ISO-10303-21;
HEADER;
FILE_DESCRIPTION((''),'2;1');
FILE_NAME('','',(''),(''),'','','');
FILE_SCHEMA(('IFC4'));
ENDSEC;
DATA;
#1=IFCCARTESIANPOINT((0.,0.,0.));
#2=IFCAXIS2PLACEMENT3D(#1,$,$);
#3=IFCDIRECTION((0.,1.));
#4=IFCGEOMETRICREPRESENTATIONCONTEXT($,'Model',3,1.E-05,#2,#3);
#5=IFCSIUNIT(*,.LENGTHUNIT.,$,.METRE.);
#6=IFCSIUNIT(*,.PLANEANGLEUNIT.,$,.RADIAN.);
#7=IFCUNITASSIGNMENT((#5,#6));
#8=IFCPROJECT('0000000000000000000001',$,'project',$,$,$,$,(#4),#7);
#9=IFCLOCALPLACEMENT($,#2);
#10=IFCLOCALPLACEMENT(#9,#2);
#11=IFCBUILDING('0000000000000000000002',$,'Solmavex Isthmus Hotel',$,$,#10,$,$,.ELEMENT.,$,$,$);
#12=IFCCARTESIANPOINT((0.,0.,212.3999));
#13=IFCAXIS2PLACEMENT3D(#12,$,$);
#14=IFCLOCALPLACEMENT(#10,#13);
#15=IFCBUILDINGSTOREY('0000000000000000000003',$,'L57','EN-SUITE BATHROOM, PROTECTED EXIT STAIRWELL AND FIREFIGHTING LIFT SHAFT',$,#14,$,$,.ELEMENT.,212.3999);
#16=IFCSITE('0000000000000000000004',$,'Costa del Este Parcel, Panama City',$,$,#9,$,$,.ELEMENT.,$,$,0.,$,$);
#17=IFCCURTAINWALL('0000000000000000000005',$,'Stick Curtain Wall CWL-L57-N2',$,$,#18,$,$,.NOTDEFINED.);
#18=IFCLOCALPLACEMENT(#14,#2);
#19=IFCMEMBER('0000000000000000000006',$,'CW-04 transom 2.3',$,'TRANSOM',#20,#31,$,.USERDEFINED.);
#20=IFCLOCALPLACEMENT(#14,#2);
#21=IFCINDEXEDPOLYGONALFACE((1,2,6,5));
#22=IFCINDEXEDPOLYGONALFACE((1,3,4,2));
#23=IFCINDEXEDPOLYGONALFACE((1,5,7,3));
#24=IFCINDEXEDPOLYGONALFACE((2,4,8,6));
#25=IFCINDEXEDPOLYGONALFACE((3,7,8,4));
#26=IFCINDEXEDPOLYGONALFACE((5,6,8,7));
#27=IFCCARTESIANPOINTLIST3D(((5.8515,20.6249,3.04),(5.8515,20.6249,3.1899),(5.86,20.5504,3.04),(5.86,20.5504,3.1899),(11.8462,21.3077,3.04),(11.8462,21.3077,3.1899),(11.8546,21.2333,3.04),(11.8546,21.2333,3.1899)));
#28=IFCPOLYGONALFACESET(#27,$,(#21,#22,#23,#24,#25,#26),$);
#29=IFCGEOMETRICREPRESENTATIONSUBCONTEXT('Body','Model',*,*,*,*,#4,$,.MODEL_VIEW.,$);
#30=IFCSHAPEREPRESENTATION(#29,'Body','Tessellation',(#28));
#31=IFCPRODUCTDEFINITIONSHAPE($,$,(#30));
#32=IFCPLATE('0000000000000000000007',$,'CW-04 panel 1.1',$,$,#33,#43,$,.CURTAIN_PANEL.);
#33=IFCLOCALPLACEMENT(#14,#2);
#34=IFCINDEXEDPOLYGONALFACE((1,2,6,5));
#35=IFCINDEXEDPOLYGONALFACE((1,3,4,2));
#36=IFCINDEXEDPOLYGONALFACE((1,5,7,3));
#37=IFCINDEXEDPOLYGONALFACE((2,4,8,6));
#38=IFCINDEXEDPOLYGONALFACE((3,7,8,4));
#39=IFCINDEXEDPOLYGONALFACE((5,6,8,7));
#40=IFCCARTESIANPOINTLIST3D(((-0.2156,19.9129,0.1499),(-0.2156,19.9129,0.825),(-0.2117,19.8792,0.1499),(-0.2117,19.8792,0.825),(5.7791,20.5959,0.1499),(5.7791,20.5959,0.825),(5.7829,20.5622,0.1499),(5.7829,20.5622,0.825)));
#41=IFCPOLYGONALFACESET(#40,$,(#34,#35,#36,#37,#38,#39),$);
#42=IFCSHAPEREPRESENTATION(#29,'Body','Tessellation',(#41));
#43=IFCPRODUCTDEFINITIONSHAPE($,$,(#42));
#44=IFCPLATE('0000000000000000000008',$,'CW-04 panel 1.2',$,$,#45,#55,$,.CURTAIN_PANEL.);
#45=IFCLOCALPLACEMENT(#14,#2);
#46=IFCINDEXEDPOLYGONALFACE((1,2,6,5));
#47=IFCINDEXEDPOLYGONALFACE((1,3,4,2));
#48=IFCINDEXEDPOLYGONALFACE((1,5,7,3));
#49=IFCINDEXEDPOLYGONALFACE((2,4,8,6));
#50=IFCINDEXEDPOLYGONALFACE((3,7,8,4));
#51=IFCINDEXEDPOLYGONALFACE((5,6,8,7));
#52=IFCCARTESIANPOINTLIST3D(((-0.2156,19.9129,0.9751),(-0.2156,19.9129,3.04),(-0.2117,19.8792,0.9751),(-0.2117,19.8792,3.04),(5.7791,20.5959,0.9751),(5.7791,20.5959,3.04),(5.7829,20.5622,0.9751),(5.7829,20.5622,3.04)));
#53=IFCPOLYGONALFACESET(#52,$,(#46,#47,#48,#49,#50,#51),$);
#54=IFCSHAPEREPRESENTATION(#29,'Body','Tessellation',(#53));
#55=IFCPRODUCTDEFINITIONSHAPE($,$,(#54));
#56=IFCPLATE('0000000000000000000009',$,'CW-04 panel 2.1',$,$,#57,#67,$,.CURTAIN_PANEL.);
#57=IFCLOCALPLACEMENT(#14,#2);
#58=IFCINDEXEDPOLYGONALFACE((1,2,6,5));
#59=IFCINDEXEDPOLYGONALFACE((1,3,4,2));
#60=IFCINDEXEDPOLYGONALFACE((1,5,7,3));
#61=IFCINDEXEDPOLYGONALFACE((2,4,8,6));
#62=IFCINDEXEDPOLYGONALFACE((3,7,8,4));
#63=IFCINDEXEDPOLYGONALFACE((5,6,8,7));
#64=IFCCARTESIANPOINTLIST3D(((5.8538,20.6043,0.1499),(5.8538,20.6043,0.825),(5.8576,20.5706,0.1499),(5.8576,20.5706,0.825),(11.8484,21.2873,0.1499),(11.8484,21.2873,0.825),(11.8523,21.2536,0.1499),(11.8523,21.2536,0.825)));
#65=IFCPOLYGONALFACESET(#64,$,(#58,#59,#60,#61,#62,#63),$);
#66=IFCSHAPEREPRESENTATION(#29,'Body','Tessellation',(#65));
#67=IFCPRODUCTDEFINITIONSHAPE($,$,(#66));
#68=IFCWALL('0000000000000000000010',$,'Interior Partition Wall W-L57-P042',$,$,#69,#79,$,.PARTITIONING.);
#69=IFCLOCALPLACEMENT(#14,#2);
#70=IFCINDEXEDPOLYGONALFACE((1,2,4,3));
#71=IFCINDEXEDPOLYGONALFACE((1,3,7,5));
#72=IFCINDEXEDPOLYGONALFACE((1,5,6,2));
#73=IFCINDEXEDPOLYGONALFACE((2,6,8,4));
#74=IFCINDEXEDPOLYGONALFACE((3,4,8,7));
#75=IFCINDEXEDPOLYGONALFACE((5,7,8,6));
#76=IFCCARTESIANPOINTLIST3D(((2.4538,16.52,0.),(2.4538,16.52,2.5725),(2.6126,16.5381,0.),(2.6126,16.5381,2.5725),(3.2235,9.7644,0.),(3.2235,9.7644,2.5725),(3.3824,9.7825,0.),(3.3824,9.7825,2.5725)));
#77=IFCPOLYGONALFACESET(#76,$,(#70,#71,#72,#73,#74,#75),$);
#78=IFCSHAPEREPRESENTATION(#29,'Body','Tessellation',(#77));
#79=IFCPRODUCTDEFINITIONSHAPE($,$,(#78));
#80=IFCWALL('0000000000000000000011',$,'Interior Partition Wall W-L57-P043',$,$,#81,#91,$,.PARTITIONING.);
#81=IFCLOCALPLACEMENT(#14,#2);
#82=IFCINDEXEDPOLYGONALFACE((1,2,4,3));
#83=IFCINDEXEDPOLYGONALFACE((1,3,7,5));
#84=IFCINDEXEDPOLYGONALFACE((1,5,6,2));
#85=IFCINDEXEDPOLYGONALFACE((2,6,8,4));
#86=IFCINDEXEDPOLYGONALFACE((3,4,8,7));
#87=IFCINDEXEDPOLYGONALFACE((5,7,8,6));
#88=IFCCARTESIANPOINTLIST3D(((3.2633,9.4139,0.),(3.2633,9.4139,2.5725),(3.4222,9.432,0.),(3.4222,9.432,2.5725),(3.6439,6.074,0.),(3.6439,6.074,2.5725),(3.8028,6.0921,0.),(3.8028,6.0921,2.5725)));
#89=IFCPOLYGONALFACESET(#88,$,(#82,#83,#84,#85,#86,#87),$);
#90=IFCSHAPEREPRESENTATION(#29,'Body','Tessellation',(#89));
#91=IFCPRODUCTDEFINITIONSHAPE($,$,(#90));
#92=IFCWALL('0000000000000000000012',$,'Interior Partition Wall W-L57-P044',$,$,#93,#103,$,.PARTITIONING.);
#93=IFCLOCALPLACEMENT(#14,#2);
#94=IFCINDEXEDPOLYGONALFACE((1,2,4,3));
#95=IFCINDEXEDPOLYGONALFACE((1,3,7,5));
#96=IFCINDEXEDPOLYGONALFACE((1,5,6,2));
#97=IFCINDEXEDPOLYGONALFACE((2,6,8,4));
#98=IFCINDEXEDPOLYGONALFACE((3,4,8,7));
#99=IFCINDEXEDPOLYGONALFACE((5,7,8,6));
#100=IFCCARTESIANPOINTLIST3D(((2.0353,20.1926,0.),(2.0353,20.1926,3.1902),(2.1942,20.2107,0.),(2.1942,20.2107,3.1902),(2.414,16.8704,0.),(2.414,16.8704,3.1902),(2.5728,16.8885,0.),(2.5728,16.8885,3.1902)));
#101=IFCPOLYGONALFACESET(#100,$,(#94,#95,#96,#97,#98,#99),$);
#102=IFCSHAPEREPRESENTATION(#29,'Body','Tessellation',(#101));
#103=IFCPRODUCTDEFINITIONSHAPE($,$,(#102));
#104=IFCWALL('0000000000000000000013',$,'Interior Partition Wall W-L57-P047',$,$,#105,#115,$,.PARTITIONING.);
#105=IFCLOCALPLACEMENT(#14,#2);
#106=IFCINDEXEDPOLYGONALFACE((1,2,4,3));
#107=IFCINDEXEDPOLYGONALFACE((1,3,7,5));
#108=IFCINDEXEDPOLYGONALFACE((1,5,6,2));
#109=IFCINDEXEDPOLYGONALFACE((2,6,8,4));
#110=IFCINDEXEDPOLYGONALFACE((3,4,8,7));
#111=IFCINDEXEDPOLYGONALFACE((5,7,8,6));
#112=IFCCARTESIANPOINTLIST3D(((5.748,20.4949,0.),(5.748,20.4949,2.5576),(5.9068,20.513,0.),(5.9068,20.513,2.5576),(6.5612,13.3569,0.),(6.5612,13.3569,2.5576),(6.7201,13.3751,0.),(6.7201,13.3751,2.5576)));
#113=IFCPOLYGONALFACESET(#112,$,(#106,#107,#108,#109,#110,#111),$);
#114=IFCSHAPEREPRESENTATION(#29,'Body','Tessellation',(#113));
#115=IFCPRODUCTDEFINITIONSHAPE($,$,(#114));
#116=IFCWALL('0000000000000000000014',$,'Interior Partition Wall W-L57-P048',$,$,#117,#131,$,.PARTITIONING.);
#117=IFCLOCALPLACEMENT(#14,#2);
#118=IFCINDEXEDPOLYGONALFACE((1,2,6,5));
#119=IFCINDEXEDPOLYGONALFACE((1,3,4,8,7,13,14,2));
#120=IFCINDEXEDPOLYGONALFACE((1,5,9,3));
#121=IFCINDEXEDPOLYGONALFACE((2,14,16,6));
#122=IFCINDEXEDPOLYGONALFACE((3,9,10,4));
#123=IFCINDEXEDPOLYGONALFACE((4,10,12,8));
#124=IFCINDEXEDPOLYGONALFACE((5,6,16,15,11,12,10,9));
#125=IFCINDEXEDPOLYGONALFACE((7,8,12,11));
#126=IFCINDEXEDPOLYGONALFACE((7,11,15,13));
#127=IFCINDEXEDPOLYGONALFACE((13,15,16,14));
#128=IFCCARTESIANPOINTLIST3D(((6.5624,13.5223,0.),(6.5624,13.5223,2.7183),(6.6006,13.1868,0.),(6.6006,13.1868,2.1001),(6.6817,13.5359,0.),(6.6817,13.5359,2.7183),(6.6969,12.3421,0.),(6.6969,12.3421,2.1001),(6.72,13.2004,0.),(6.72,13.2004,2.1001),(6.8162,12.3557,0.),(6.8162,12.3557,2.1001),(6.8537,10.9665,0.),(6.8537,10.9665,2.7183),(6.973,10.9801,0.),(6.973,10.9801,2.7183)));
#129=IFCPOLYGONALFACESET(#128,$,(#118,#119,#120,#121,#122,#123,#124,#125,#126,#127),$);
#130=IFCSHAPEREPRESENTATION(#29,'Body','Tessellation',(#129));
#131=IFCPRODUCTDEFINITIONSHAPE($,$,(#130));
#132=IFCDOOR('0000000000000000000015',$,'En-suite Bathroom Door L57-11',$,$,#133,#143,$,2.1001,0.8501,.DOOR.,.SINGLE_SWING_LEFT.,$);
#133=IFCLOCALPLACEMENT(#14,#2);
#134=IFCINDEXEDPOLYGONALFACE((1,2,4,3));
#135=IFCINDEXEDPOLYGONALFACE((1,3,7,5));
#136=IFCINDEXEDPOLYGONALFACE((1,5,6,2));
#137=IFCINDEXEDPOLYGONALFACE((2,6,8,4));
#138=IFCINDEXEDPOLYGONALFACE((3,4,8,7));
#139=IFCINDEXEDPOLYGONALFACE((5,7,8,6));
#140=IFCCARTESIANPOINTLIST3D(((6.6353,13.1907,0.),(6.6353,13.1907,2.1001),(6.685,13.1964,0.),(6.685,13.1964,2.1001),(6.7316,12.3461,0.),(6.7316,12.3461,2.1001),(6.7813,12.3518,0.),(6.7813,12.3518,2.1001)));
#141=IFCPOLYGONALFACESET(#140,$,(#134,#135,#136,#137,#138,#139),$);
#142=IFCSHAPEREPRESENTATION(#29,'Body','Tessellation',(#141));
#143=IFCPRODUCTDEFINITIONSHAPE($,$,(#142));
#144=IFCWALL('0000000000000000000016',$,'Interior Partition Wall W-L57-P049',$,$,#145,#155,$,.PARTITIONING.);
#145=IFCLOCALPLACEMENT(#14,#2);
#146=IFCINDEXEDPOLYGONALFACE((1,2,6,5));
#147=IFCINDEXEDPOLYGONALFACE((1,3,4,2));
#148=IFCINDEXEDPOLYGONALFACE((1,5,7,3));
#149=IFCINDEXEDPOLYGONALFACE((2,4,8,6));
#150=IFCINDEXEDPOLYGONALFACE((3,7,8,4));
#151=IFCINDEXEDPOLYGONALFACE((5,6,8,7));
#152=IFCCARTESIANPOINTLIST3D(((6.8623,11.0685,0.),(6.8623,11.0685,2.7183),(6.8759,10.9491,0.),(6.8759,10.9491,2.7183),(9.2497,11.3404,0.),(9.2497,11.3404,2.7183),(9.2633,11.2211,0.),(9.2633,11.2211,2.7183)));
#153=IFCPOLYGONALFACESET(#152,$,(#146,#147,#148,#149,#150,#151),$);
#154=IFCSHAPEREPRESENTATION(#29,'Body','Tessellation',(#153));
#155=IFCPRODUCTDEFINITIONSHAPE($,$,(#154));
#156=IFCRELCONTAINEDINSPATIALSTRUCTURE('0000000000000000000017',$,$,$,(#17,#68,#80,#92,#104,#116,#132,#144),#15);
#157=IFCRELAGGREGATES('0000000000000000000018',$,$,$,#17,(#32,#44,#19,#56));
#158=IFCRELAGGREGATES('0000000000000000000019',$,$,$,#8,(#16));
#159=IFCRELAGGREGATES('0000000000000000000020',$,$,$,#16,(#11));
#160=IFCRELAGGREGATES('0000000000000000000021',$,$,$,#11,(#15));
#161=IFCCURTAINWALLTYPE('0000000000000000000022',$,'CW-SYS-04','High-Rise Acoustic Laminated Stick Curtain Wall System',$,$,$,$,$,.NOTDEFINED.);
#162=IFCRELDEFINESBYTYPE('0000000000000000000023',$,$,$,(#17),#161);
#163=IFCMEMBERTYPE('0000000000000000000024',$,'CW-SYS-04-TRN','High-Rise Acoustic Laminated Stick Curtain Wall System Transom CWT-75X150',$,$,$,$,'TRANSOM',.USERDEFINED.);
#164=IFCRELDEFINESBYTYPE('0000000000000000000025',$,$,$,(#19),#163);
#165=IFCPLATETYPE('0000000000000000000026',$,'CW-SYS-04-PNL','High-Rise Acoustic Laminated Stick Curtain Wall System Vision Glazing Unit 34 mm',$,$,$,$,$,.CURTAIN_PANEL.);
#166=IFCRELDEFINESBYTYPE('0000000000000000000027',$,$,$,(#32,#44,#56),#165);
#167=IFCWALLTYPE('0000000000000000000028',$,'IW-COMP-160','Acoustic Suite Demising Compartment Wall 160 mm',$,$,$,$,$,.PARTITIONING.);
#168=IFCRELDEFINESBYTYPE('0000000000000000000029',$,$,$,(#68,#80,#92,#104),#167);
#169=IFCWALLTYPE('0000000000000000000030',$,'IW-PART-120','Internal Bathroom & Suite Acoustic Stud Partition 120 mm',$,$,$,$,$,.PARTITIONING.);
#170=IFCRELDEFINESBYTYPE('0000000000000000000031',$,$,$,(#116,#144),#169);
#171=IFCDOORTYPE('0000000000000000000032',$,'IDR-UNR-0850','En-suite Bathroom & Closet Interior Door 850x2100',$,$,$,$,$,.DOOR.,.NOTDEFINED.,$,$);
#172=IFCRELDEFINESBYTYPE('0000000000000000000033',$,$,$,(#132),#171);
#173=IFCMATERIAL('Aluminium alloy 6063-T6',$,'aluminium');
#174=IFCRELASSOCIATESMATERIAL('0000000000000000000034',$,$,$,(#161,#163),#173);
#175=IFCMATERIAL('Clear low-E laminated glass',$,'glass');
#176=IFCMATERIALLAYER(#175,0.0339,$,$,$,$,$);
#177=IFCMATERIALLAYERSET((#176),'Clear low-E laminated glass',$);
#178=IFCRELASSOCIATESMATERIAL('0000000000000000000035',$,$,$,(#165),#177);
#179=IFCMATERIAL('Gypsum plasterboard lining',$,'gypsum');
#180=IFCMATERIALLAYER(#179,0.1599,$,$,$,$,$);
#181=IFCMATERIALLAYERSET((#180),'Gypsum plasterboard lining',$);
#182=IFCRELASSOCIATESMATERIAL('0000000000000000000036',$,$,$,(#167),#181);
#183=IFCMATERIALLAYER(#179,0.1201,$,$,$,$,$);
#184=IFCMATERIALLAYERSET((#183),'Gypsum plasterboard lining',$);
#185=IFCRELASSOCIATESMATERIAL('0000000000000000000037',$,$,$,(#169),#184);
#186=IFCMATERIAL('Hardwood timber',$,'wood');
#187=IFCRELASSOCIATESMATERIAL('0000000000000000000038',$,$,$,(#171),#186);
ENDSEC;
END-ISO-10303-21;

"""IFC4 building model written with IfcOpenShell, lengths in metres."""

from ifc_helpers import new_model, si_unit, direction, frame, frame_2d, origin, origin_2d, place, context, subcontext, project, spatial, rectangle, extrude, material, layer, layer_set, material_profile, profile_set, type_object, element, fill, aggregate, save


model = new_model("IFC4")

# Units and contexts
model_context = context("Model", 3, precision=1e-05, world=origin(), true_north=direction((0.0, 1.0)))
body_context = subcontext(model_context, "Body", "Model", "MODEL_VIEW")
ifc_project = project(units=[si_unit("LENGTHUNIT", "METRE"), si_unit("PLANEANGLEUNIT", "RADIAN")], contexts=[model_context])

# Site, building, storey
site_placement = place(None, origin())
site = spatial("IfcSite", under=ifc_project, at=site_placement, Name="Costa del Este Parcel, Panama City", CompositionType="ELEMENT", RefElevation=0.0)
building_placement = place(site_placement, origin())
building = spatial("IfcBuilding", under=site, at=building_placement, Name="Solmavex Isthmus Hotel", CompositionType="ELEMENT")
storey_placement = place(building_placement, frame((0.0, 0.0, 212.3999)))
storey = spatial("IfcBuildingStorey", under=building, at=storey_placement, Name="L57", Description="EN-SUITE BATHROOM, PROTECTED EXIT STAIRWELL AND FIREFIGHTING LIFT SHAFT", CompositionType="ELEMENT", Elevation=212.3999)

# Curtain wall, member, plates
ifc_material_1 = material(Name="Aluminium alloy 6063-T6", Category="aluminium")
curtain_wall_type = type_object("IfcCurtainWallType", Name="CW-SYS-04", Description="High-Rise Acoustic Laminated Stick Curtain Wall System", PredefinedType="NOTDEFINED", material=ifc_material_1)
curtain_wall_placement = place(storey_placement, origin())
curtain_wall = element("IfcCurtainWall", 1, at=curtain_wall_placement, inside=storey, type_object=curtain_wall_type, Name="Stick Curtain Wall CWL-L57-N2", PredefinedType="NOTDEFINED")
ifc_material_profile_1 = material_profile(ifc_material_1, rectangle(XDim=0.075, YDim=0.1499, at=origin_2d()), Name="CWT-75X150")
ifc_profile_set_1 = profile_set([ifc_material_profile_1], Name="Aluminium alloy 6063-T6")
member_type_1 = type_object("IfcMemberType", Name="CW-SYS-04-TRN", Description="High-Rise Acoustic Laminated Stick Curtain Wall System Transom CWT-75X150", ElementType="TRANSOM", PredefinedType="USERDEFINED", material=ifc_profile_set_1)
member_1_placement = place(storey_placement, frame((5.8557, 20.5876, 3.115), z_axis=(0.993574, 0.11318, 0.0), x_axis=(-0.11318, 0.993574, 0.0)))
member_1 = element("IfcMember", 2, at=member_1_placement, type_object=member_type_1, Name="CW-04 transom 2.3", ObjectType="TRANSOM", PredefinedType="USERDEFINED", context=body_context, shape_type="SweptSolid", body=[
    extrude(rectangle(XDim=0.075, YDim=0.1499, at=origin_2d()), origin(), (0.0, 0.0, 1.0), 6.0334),
])
ifc_material_2 = material(Name="Clear low-E laminated glass", Category="glass")
ifc_layer_1 = layer(ifc_material_2, 0.0339)
ifc_layer_set_1 = layer_set([ifc_layer_1], Name="Clear low-E laminated glass")
plate_type = type_object("IfcPlateType", Name="CW-SYS-04-PNL", Description="High-Rise Acoustic Laminated Stick Curtain Wall System Vision Glazing Unit 34 mm", PredefinedType="CURTAIN_PANEL", material=ifc_layer_set_1)
plate_1_placement = place(storey_placement, frame((2.7837, 20.2375, 0.1499), z_axis=(0.0, 0.0, 1.0), x_axis=(0.993572, 0.113203, 0.0)))
plate_1 = element("IfcPlate", 3, at=plate_1_placement, type_object=plate_type, Name="CW-04 panel 1.1", PredefinedType="CURTAIN_PANEL", context=body_context, shape_type="SweptSolid", body=[
    extrude(rectangle(XDim=6.0334, YDim=0.0339, at=origin_2d()), origin(), (0.0, 0.0, 1.0), 0.675),
])
plate_2_placement = place(storey_placement, frame((2.7837, 20.2375, 0.9751), z_axis=(0.0, 0.0, 1.0), x_axis=(0.993572, 0.113203, 0.0)))
plate_2 = element("IfcPlate", 4, at=plate_2_placement, type_object=plate_type, Name="CW-04 panel 1.2", PredefinedType="CURTAIN_PANEL", context=body_context, shape_type="SweptSolid", body=[
    extrude(rectangle(XDim=6.0334, YDim=0.0339, at=origin_2d()), origin(), (0.0, 0.0, 1.0), 2.0649),
])
plate_3_placement = place(storey_placement, frame((8.853, 20.929, 0.1499), z_axis=(0.0, 0.0, 1.0), x_axis=(0.993572, 0.113203, 0.0)))
plate_3 = element("IfcPlate", 5, at=plate_3_placement, type_object=plate_type, Name="CW-04 panel 2.1", PredefinedType="CURTAIN_PANEL", context=body_context, shape_type="SweptSolid", body=[
    extrude(rectangle(XDim=6.0334, YDim=0.0339, at=origin_2d()), origin(), (0.0, 0.0, 1.0), 0.675),
])
aggregate(curtain_wall, [plate_1, plate_2, member_1, plate_3])

# Walls
ifc_material_3 = material(Name="Gypsum plasterboard lining", Category="gypsum")
ifc_layer_2 = layer(ifc_material_3, 0.1599)
ifc_layer_set_2 = layer_set([ifc_layer_2], Name="Gypsum plasterboard lining")
wall_type_1 = type_object("IfcWallType", Name="IW-COMP-160", Description="Acoustic Suite Demising Compartment Wall 160 mm", PredefinedType="PARTITIONING", material=ifc_layer_set_2)
wall_1_placement = place(storey_placement, frame((2.5332, 16.5291, 0.0), z_axis=(0.0, 0.0, 1.0), x_axis=(0.113213, -0.993571, 0.0)))
element("IfcWall", 6, at=wall_1_placement, inside=storey, type_object=wall_type_1, Name="Interior Partition Wall W-L57-P042", PredefinedType="PARTITIONING", context=body_context, shape_type="SweptSolid", body=[
    extrude(rectangle(XDim=6.7993, YDim=0.1599, at=frame_2d((3.3997, 0.0))), origin(), (0.0, 0.0, 1.0), 2.5725),
])
wall_2_placement = place(storey_placement, frame((3.3428, 9.4229, 0.0), z_axis=(0.0, 0.0, 1.0), x_axis=(0.113229, -0.993569, 0.0)))
element("IfcWall", 7, at=wall_2_placement, inside=storey, type_object=wall_type_1, Name="Interior Partition Wall W-L57-P043", PredefinedType="PARTITIONING", context=body_context, shape_type="SweptSolid", body=[
    extrude(rectangle(XDim=3.3616, YDim=0.1599, at=frame_2d((1.6807, 0.0))), origin(), (0.0, 0.0, 1.0), 2.5725),
])
wall_3_placement = place(storey_placement, frame((2.1147, 20.2017, 0.0), z_axis=(0.0, 0.0, 1.0), x_axis=(0.113244, -0.993567, 0.0)))
element("IfcWall", 8, at=wall_3_placement, inside=storey, type_object=wall_type_1, Name="Interior Partition Wall W-L57-P044", PredefinedType="PARTITIONING", context=body_context, shape_type="SweptSolid", body=[
    extrude(rectangle(XDim=3.3438, YDim=0.1599, at=frame_2d((1.6719, 0.0))), origin(), (0.0, 0.0, 1.0), 3.1902),
])

# Shared definitions
ifc_material_4 = material(Name="Hardwood timber", Category="wood")

# Wall
wall_4_placement = place(storey_placement, frame((5.8274, 20.5039, 0.0), z_axis=(0.0, 0.0, 1.0), x_axis=(0.113199, -0.993572, 0.0)))
element("IfcWall", 9, at=wall_4_placement, inside=storey, type_object=wall_type_1, Name="Interior Partition Wall W-L57-P047", PredefinedType="PARTITIONING", context=body_context, shape_type="SweptSolid", body=[
    extrude(rectangle(XDim=7.1841, YDim=0.1599, at=frame_2d((3.592, 0.0))), origin(), (0.0, 0.0, 1.0), 2.5576),
])

# Wall, opening, door
ifc_layer_3 = layer(ifc_material_3, 0.1201)
ifc_layer_set_3 = layer_set([ifc_layer_3], Name="Gypsum plasterboard lining")
wall_type_2 = type_object("IfcWallType", Name="IW-PART-120", Description="Internal Bathroom & Suite Acoustic Stud Partition 120 mm", PredefinedType="PARTITIONING", material=ifc_layer_set_3)
wall_5_placement = place(storey_placement, frame((6.6221, 13.5291, 0.0), z_axis=(0.0, 0.0, 1.0), x_axis=(0.113233, -0.993568, 0.0)))
wall_5 = element("IfcWall", 10, at=wall_5_placement, inside=storey, type_object=wall_type_2, Name="Interior Partition Wall W-L57-P048", PredefinedType="PARTITIONING", context=body_context, shape_type="SweptSolid", body=[
    extrude(rectangle(XDim=2.5723, YDim=0.1201, at=frame_2d((1.2861, 0.0))), origin(), (0.0, 0.0, 1.0), 2.7183),
])
opening_1_placement = place(wall_5_placement, frame((0.3376, 0.0, 0.0)))
opening_1 = element("IfcOpeningElement", 11, at=opening_1_placement, cuts=wall_5, PredefinedType="OPENING", context=body_context, shape_type="SweptSolid", body=[
    extrude(rectangle(XDim=0.8501, YDim=2.1001, at=frame_2d((0.425, 1.05))), frame((0.0, 0.0701, 0.0), z_axis=(0.0, -1.0, 0.0), x_axis=(1.0, 0.0, 0.0)), (0.0, 0.0, 1.0), 0.1401),
])
door_type_1 = type_object("IfcDoorType", Name="IDR-UNR-0850", Description="En-suite Bathroom & Closet Interior Door 850x2100", OperationType="NOTDEFINED", PredefinedType="DOOR", material=ifc_material_4)
door_1_placement = place(opening_1_placement, origin())
door_1 = element("IfcDoor", 12, at=door_1_placement, inside=storey, type_object=door_type_1, Name="En-suite Bathroom Door L57-11", OperationType="SINGLE_SWING_LEFT", OverallHeight=2.1001, OverallWidth=0.8501, PredefinedType="DOOR", context=body_context, shape_type="SweptSolid", body=[
    extrude(rectangle(XDim=0.8501, YDim=2.1001, at=frame_2d((0.425, 1.05))), frame((0.0, 0.0249, 0.0), z_axis=(0.0, -1.0, 0.0), x_axis=(1.0, 0.0, 0.0)), (0.0, 0.0, 1.0), 0.05),
])
fill(opening_1, door_1)

# Wall
wall_6_placement = place(storey_placement, frame((6.8691, 11.0088, 0.0), z_axis=(0.0, 0.0, 1.0), x_axis=(0.993574, 0.113186, 0.0)))
element("IfcWall", 13, at=wall_6_placement, inside=storey, type_object=wall_type_2, Name="Interior Partition Wall W-L57-P049", PredefinedType="PARTITIONING", context=body_context, shape_type="SweptSolid", body=[
    extrude(rectangle(XDim=2.4028, YDim=0.1201, at=frame_2d((1.2014, 0.0))), origin(), (0.0, 0.0, 1.0), 2.7183),
])

save(model, "model.ifc")
